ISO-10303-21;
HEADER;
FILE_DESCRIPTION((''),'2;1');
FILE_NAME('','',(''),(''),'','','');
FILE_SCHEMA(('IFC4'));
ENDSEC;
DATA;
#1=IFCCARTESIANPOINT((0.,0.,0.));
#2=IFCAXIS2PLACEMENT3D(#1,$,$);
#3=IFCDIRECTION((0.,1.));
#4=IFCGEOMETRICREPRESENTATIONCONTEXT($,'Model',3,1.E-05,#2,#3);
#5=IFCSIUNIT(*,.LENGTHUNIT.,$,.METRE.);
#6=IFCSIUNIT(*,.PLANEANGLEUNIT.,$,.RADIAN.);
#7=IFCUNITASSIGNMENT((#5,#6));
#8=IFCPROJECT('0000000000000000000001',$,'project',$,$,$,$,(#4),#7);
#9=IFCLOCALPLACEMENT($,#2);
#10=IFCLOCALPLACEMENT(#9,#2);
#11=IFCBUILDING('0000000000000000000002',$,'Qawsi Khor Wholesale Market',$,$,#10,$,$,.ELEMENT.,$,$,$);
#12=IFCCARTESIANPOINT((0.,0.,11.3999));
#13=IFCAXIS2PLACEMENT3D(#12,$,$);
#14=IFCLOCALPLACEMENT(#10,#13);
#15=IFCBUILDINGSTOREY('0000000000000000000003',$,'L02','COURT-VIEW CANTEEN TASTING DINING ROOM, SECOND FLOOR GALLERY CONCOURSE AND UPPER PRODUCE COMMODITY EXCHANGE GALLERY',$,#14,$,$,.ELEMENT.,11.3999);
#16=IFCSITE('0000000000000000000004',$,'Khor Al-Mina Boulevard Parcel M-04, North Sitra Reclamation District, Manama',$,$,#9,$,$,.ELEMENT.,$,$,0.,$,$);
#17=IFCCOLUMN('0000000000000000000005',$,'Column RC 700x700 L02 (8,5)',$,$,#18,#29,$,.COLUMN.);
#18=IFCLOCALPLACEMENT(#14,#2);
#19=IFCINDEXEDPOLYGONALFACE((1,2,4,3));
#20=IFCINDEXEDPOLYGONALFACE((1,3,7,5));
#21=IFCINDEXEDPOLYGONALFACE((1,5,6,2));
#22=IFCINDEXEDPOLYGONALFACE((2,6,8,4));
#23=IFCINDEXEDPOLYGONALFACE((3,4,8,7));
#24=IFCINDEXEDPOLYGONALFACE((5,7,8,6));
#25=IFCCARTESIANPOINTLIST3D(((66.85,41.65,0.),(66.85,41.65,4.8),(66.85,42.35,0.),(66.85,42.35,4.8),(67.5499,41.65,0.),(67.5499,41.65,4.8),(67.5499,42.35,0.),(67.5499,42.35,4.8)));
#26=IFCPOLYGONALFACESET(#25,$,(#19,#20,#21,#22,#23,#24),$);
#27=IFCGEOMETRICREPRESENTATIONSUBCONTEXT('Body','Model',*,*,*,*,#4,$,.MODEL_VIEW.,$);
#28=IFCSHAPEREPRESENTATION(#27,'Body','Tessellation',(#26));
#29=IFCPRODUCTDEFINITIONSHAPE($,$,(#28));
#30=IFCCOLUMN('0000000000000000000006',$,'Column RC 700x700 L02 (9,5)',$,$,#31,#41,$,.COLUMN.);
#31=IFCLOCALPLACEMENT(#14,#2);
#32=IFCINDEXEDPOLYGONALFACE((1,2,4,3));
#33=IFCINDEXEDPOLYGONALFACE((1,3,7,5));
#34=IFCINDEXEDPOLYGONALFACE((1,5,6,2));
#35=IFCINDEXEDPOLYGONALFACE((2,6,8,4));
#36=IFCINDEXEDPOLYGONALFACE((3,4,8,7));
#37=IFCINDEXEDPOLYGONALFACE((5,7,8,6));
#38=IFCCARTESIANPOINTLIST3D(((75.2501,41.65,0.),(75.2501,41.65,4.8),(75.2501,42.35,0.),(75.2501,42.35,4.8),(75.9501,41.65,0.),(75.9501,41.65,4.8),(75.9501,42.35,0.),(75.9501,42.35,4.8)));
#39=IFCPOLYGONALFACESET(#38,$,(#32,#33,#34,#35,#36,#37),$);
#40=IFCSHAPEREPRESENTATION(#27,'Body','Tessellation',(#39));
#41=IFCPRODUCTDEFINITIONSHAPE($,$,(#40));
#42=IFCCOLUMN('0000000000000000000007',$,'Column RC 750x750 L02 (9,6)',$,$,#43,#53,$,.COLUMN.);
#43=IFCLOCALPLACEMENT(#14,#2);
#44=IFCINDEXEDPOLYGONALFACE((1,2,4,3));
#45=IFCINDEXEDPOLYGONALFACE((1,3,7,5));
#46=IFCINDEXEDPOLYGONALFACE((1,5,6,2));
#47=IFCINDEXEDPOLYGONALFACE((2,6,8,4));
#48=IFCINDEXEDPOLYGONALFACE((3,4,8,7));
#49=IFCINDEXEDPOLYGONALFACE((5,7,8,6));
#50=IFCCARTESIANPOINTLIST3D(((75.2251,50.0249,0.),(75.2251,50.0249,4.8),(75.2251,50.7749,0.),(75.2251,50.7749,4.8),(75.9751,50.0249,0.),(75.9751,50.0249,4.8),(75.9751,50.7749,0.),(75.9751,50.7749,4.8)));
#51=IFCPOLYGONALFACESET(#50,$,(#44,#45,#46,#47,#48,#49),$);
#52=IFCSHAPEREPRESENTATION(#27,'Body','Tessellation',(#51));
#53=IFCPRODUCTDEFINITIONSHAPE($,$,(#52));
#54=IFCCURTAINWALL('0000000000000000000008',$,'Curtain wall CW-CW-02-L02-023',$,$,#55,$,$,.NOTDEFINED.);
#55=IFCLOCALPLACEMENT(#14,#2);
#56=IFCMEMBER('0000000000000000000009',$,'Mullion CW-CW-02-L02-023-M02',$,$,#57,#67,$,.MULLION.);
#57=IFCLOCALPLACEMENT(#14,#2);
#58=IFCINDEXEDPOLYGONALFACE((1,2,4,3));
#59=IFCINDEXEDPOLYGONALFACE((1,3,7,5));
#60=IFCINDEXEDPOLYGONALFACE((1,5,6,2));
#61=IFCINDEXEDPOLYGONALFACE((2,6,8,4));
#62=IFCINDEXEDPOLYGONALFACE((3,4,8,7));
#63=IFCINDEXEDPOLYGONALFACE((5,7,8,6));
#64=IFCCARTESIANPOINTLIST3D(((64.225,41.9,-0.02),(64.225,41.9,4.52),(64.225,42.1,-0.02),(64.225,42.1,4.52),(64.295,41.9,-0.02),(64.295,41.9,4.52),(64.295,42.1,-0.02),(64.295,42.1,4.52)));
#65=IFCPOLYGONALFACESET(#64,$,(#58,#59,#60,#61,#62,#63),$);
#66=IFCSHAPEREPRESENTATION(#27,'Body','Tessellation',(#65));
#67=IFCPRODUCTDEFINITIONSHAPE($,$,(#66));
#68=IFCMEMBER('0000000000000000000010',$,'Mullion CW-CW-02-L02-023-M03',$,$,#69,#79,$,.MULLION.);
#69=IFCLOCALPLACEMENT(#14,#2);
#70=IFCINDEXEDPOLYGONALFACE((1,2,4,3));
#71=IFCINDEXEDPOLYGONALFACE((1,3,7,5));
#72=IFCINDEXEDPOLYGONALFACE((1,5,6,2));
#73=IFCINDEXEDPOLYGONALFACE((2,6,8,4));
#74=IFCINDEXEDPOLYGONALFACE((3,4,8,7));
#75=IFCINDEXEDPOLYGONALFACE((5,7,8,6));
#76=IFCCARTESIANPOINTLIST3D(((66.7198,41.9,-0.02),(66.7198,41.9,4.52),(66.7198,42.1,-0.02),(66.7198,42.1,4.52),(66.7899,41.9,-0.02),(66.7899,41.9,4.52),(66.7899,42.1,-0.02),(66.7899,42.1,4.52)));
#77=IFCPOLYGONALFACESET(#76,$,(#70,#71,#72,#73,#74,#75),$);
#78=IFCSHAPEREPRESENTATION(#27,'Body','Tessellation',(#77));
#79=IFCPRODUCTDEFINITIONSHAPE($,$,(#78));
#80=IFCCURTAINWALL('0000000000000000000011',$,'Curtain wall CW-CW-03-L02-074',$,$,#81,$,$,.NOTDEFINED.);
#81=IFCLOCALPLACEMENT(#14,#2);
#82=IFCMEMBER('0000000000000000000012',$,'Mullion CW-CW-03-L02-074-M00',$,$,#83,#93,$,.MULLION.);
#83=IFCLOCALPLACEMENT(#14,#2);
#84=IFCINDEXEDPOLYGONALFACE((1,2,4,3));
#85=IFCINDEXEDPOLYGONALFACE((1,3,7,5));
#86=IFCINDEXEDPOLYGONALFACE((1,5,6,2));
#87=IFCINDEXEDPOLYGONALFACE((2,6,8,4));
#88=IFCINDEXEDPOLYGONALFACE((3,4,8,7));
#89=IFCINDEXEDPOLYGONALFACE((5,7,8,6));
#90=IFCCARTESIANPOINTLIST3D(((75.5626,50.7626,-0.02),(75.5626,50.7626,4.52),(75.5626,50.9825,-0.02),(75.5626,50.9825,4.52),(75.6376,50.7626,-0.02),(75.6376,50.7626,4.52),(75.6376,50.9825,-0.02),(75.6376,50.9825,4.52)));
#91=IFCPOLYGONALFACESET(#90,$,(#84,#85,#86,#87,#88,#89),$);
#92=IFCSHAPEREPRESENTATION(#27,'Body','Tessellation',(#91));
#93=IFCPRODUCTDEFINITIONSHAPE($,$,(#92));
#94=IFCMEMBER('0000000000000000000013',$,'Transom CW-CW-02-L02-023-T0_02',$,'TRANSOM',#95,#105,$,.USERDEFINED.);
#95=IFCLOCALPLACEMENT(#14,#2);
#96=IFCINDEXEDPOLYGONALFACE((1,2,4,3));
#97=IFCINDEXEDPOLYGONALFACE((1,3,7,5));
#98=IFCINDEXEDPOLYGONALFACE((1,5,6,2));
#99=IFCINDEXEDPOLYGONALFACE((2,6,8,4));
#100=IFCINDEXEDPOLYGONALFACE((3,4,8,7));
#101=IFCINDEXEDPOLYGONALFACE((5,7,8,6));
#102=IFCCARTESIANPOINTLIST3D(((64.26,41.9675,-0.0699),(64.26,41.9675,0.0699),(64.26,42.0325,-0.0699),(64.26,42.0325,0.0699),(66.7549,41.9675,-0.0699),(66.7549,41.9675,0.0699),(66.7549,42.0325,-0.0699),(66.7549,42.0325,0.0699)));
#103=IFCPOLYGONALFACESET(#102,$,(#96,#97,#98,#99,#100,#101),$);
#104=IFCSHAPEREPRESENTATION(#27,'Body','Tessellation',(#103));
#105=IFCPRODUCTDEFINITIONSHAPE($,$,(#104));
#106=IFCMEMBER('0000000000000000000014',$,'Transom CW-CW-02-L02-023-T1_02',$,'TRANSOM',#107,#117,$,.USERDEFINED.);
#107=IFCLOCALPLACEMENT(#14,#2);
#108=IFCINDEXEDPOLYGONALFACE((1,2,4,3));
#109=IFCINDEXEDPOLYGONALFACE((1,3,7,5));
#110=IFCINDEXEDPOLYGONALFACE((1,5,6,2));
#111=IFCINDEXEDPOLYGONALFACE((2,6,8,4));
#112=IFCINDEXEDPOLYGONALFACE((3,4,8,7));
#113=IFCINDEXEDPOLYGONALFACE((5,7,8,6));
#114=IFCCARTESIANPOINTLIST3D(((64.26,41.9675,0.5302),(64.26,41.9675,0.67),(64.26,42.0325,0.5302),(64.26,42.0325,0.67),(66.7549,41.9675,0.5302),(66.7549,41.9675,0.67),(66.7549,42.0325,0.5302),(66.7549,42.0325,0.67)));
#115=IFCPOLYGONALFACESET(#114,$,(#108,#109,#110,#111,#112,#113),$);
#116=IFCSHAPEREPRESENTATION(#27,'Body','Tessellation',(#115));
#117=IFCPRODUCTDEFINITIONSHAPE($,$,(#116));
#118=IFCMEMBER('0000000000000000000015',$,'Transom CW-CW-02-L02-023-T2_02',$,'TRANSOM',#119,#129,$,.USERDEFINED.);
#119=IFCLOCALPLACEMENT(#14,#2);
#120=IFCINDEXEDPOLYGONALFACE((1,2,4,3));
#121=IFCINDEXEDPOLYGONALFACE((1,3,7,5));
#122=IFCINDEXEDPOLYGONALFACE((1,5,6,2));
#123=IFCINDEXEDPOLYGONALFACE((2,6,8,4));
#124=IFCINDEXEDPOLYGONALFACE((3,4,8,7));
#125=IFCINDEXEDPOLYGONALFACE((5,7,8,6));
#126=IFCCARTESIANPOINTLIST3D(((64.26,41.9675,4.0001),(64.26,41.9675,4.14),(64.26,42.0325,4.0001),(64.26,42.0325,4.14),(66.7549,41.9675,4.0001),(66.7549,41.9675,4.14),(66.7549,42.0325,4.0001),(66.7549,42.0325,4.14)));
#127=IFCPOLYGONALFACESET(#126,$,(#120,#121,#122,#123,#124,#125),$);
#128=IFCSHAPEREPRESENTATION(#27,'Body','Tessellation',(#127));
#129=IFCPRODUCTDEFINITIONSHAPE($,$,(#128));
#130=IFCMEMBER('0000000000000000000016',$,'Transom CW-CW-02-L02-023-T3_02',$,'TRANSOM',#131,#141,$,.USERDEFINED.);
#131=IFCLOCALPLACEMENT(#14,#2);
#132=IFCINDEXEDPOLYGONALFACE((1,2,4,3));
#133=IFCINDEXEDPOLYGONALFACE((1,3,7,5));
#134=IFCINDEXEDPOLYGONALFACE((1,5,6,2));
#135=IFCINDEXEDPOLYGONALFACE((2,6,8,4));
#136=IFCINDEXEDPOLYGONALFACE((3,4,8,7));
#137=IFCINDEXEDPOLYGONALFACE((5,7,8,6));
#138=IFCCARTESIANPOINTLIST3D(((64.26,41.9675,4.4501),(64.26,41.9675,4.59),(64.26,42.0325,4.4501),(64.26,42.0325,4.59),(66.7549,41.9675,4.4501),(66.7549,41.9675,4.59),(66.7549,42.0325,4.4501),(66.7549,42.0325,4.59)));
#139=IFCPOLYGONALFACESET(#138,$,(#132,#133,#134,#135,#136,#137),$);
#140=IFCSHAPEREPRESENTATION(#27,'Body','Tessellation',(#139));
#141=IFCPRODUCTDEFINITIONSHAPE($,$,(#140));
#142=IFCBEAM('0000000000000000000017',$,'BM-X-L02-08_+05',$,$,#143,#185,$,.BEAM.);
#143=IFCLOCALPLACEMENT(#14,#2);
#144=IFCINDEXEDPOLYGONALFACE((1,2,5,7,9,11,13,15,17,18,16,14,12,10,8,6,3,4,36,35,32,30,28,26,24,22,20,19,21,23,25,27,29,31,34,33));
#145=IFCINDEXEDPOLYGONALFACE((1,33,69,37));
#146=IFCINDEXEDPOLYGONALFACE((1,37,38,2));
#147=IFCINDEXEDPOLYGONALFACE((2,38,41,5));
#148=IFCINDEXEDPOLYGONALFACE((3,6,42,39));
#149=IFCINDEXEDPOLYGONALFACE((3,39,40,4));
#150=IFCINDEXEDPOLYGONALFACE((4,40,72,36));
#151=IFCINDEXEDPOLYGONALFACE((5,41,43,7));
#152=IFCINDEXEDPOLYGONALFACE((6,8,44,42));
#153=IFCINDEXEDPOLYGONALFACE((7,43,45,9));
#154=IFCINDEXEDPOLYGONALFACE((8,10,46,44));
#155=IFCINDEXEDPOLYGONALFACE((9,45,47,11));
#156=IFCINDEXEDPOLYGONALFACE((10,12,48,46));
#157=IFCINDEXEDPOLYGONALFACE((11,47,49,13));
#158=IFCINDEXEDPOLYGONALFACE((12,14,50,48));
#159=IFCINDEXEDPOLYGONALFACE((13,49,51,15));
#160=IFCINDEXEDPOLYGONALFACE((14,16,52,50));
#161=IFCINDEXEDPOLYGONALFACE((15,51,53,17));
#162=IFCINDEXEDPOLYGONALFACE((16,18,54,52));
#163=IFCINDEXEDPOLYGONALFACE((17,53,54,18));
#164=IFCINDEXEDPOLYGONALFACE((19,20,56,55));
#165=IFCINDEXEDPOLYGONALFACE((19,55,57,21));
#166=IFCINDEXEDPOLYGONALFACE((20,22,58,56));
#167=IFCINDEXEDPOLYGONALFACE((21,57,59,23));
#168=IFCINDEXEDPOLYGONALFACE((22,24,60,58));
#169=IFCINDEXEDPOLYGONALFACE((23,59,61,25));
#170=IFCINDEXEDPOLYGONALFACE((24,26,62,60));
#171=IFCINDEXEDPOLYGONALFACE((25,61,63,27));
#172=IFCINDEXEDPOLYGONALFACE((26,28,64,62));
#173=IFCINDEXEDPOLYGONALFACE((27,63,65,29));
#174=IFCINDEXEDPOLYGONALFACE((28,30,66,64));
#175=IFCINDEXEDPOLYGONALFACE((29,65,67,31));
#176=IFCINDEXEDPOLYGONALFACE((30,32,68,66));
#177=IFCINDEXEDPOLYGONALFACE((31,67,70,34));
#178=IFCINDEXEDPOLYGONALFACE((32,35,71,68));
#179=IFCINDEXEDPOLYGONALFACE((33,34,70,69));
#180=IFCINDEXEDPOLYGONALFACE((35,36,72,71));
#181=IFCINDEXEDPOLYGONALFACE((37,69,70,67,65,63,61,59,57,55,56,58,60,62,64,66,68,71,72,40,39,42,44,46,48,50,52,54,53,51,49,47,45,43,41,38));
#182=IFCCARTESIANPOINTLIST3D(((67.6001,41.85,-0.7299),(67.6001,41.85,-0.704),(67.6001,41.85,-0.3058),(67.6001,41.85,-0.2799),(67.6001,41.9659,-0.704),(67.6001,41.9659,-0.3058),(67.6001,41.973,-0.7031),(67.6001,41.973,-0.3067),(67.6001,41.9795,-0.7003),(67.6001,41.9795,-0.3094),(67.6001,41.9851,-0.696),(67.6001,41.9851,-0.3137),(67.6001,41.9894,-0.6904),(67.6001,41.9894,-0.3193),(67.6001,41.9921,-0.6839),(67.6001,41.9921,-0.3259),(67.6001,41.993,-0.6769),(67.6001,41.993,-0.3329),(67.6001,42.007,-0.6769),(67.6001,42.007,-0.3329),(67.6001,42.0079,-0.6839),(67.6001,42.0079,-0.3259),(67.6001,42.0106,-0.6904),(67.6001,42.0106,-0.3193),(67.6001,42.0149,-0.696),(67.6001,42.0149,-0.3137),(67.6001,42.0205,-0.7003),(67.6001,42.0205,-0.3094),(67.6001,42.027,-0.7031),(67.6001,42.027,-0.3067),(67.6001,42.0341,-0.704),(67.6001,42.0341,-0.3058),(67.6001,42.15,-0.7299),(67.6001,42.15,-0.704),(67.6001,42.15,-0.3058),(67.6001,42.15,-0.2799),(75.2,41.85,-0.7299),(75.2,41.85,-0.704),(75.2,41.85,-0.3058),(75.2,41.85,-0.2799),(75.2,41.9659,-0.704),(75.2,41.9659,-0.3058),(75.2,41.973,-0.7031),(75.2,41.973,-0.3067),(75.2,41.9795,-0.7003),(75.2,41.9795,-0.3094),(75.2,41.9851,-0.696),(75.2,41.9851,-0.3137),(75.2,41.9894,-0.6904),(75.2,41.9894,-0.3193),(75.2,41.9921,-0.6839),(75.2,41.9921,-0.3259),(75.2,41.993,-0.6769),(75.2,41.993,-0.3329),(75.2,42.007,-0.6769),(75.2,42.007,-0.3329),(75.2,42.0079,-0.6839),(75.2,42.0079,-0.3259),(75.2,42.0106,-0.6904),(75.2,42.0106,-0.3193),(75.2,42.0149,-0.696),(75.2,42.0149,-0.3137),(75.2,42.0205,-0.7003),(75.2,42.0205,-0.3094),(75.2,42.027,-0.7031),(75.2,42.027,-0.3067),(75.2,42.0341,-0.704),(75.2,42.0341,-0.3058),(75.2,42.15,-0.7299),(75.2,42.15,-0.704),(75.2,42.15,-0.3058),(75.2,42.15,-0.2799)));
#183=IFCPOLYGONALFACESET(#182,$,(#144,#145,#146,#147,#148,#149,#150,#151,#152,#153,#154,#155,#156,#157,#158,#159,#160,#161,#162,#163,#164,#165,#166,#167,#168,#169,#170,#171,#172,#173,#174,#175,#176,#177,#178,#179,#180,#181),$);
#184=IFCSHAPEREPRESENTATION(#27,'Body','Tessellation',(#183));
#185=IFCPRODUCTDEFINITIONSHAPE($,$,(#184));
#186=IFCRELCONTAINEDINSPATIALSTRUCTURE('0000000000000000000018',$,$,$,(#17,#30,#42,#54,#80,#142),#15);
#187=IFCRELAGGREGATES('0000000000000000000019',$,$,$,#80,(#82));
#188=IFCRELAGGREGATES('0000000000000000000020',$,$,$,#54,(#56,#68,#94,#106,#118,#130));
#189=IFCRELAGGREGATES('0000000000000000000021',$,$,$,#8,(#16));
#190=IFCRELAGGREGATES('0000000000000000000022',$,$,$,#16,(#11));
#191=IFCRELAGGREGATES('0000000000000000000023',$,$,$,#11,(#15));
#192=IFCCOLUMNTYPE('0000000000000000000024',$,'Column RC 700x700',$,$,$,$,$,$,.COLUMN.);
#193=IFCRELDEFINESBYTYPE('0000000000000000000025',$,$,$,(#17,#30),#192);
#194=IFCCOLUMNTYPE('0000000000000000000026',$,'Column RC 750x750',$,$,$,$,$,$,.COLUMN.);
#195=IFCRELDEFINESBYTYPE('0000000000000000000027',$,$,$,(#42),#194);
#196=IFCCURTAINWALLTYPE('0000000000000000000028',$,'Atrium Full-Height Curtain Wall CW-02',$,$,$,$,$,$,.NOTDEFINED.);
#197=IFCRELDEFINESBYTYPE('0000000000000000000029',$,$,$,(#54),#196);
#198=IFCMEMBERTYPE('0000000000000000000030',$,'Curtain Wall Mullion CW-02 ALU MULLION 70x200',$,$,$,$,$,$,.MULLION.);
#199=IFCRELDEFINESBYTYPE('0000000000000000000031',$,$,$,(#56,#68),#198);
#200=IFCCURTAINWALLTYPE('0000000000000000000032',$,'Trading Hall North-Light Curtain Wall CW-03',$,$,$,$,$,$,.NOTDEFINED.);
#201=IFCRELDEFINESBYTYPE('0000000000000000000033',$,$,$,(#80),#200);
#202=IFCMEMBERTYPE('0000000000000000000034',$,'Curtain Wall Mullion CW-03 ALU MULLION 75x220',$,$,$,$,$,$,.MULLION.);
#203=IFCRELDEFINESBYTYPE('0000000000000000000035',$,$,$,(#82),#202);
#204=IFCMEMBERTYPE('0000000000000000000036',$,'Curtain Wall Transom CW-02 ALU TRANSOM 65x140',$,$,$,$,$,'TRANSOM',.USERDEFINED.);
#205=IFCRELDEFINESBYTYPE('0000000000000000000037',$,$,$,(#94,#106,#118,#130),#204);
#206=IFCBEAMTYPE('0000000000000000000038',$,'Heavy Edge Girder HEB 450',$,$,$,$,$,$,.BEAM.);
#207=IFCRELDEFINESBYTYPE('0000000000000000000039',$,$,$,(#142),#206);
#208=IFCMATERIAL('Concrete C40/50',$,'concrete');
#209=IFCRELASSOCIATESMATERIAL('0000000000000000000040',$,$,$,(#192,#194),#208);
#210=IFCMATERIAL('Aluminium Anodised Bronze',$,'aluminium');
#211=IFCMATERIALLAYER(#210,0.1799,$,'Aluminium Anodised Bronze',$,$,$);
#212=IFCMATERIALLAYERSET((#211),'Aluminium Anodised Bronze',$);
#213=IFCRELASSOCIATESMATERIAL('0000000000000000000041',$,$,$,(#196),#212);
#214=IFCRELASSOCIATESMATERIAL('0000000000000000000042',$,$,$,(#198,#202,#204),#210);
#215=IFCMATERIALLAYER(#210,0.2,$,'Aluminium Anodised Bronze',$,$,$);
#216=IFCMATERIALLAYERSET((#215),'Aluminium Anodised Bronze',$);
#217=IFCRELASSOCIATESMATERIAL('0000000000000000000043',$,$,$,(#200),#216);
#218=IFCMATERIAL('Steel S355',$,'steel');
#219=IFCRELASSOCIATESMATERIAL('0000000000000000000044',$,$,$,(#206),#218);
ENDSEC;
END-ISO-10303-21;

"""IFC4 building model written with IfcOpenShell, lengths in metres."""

from ifc_helpers import new_model, si_unit, direction, frame, origin, origin_2d, place, context, subcontext, project, spatial, rectangle, i_section, extrude, material, layer, layer_set, material_profile, profile_set, type_object, element, aggregate, save


model = new_model("IFC4")

# Units and contexts
model_context = context("Model", 3, precision=1e-05, world=origin(), true_north=direction((0.0, 1.0)))
body_context = subcontext(model_context, "Body", "Model", "MODEL_VIEW")
ifc_project = project(units=[si_unit("LENGTHUNIT", "METRE"), si_unit("PLANEANGLEUNIT", "RADIAN")], contexts=[model_context])

# Site, building, storey
site_placement = place(None, origin())
site = spatial("IfcSite", under=ifc_project, at=site_placement, Name="Khor Al-Mina Boulevard Parcel M-04, North Sitra Reclamation District, Manama", CompositionType="ELEMENT", RefElevation=0.0)
building_placement = place(site_placement, origin())
building = spatial("IfcBuilding", under=site, at=building_placement, Name="Qawsi Khor Wholesale Market", CompositionType="ELEMENT")
storey_placement = place(building_placement, frame((0.0, 0.0, 11.3999)))
storey = spatial("IfcBuildingStorey", under=building, at=storey_placement, Name="L02", Description="COURT-VIEW CANTEEN TASTING DINING ROOM, SECOND FLOOR GALLERY CONCOURSE AND UPPER PRODUCE COMMODITY EXCHANGE GALLERY", CompositionType="ELEMENT", Elevation=11.3999)

# Columns
ifc_material_1 = material(Name="Concrete C40/50", Category="concrete")
ifc_material_profile_1 = material_profile(ifc_material_1, rectangle(XDim=0.7, YDim=0.7, at=origin_2d()), Name="RC 700x700")
ifc_profile_set_1 = profile_set([ifc_material_profile_1], Name="Concrete C40/50")
column_type_1 = type_object("IfcColumnType", Name="Column RC 700x700", PredefinedType="COLUMN", material=ifc_profile_set_1)
for number, where, z_axis, x_axis, name in (
    (1, (67.2, 42.0, 0.0), (0.0, 0.0, 1.0), (1.0, 0.0, 0.0), "Column RC 700x700 L02 (8,5)"),
    (2, (75.6001, 42.0, 0.0), (0.0, 0.0, 1.0), (1.0, 0.0, 0.0), "Column RC 700x700 L02 (9,5)"),
):
    element("IfcColumn", number, at=place(storey_placement, frame(where, z_axis=z_axis, x_axis=x_axis)), inside=storey, type_object=column_type_1, Name=name, PredefinedType="COLUMN", context=body_context, shape_type="SweptSolid", body=[
        extrude(rectangle(XDim=0.7, YDim=0.7, at=origin_2d()), origin(), (0.0, 0.0, 1.0), 4.8),
    ])
ifc_material_profile_2 = material_profile(ifc_material_1, rectangle(XDim=0.75, YDim=0.75, at=origin_2d()), Name="RC 750x750")
ifc_profile_set_2 = profile_set([ifc_material_profile_2], Name="Concrete C40/50")
column_type_2 = type_object("IfcColumnType", Name="Column RC 750x750", PredefinedType="COLUMN", material=ifc_profile_set_2)
column_placement = place(storey_placement, frame((75.6001, 50.3999, 0.0), z_axis=(0.0, 0.0, 1.0), x_axis=(1.0, 0.0, 0.0)))
element("IfcColumn", 3, at=column_placement, inside=storey, type_object=column_type_2, Name="Column RC 750x750 L02 (9,6)", PredefinedType="COLUMN", context=body_context, shape_type="SweptSolid", body=[
    extrude(rectangle(XDim=0.75, YDim=0.75, at=origin_2d()), origin(), (0.0, 0.0, 1.0), 4.8),
])

# Curtain wall, members
ifc_material_2 = material(Name="Aluminium Anodised Bronze", Category="aluminium")
ifc_layer_1 = layer(ifc_material_2, 0.1799, Name="Aluminium Anodised Bronze")
ifc_layer_set_1 = layer_set([ifc_layer_1], Name="Aluminium Anodised Bronze")
curtain_wall_type_1 = type_object("IfcCurtainWallType", Name="Atrium Full-Height Curtain Wall CW-02", PredefinedType="NOTDEFINED", material=ifc_layer_set_1)
curtain_wall_1_placement = place(storey_placement, origin())
curtain_wall_1 = element("IfcCurtainWall", 4, at=curtain_wall_1_placement, inside=storey, type_object=curtain_wall_type_1, Name="Curtain wall CW-CW-02-L02-023", PredefinedType="NOTDEFINED")
ifc_material_profile_3 = material_profile(ifc_material_2, rectangle(XDim=0.0701, YDim=0.2, at=origin_2d()), Name="ALU MULLION 70x200")
ifc_profile_set_3 = profile_set([ifc_material_profile_3], Name="Aluminium Anodised Bronze")
member_type_1 = type_object("IfcMemberType", Name="Curtain Wall Mullion CW-02 ALU MULLION 70x200", PredefinedType="MULLION", material=ifc_profile_set_3)
member_1_placement = place(storey_placement, frame((64.26, 42.0, -0.02), z_axis=(0.0, 0.0, 1.0), x_axis=(1.0, 0.0, 0.0)))
member_1 = element("IfcMember", 5, at=member_1_placement, type_object=member_type_1, Name="Mullion CW-CW-02-L02-023-M02", PredefinedType="MULLION", context=body_context, shape_type="SweptSolid", body=[
    extrude(rectangle(XDim=0.0701, YDim=0.2, at=origin_2d()), origin(), (0.0, 0.0, 1.0), 4.54),
])
member_2_placement = place(storey_placement, frame((66.7549, 42.0, -0.02), z_axis=(0.0, 0.0, 1.0), x_axis=(1.0, 0.0, 0.0)))
member_2 = element("IfcMember", 6, at=member_2_placement, type_object=member_type_1, Name="Mullion CW-CW-02-L02-023-M03", PredefinedType="MULLION", context=body_context, shape_type="SweptSolid", body=[
    extrude(rectangle(XDim=0.0701, YDim=0.2, at=origin_2d()), origin(), (0.0, 0.0, 1.0), 4.54),
])

# Curtain wall, member
ifc_layer_2 = layer(ifc_material_2, 0.2, Name="Aluminium Anodised Bronze")
ifc_layer_set_2 = layer_set([ifc_layer_2], Name="Aluminium Anodised Bronze")
curtain_wall_type_2 = type_object("IfcCurtainWallType", Name="Trading Hall North-Light Curtain Wall CW-03", PredefinedType="NOTDEFINED", material=ifc_layer_set_2)
curtain_wall_2_placement = place(storey_placement, origin())
curtain_wall_2 = element("IfcCurtainWall", 7, at=curtain_wall_2_placement, inside=storey, type_object=curtain_wall_type_2, Name="Curtain wall CW-CW-03-L02-074", PredefinedType="NOTDEFINED")
ifc_material_profile_4 = material_profile(ifc_material_2, rectangle(XDim=0.075, YDim=0.22, at=origin_2d()), Name="ALU MULLION 75x220")
ifc_profile_set_4 = profile_set([ifc_material_profile_4], Name="Aluminium Anodised Bronze")
member_type_2 = type_object("IfcMemberType", Name="Curtain Wall Mullion CW-03 ALU MULLION 75x220", PredefinedType="MULLION", material=ifc_profile_set_4)
member_3_placement = place(storey_placement, frame((75.6001, 50.8726, -0.02), z_axis=(0.0, 0.0, 1.0), x_axis=(1.0, 0.0, 0.0)))
member_3 = element("IfcMember", 8, at=member_3_placement, type_object=member_type_2, Name="Mullion CW-CW-03-L02-074-M00", PredefinedType="MULLION", context=body_context, shape_type="SweptSolid", body=[
    extrude(rectangle(XDim=0.075, YDim=0.22, at=origin_2d()), origin(), (0.0, 0.0, 1.0), 4.54),
])
aggregate(curtain_wall_2, [member_3])

# Members
ifc_material_profile_5 = material_profile(ifc_material_2, rectangle(XDim=0.0649, YDim=0.1399, at=origin_2d()), Name="ALU TRANSOM 65x140")
ifc_profile_set_5 = profile_set([ifc_material_profile_5], Name="Aluminium Anodised Bronze")
member_type_3 = type_object("IfcMemberType", Name="Curtain Wall Transom CW-02 ALU TRANSOM 65x140", ElementType="TRANSOM", PredefinedType="USERDEFINED", material=ifc_profile_set_5)
member_4_placement = place(storey_placement, frame((64.26, 42.0, 0.0), z_axis=(1.0, 0.0, 0.0), x_axis=(0.0, 1.0, 0.0)))
member_4 = element("IfcMember", 9, at=member_4_placement, type_object=member_type_3, Name="Transom CW-CW-02-L02-023-T0_02", ObjectType="TRANSOM", PredefinedType="USERDEFINED", context=body_context, shape_type="SweptSolid", body=[
    extrude(rectangle(XDim=0.0649, YDim=0.1399, at=origin_2d()), origin(), (0.0, 0.0, 1.0), 2.4949),
])
member_5_placement = place(storey_placement, frame((64.26, 42.0, 0.6001), z_axis=(1.0, 0.0, 0.0), x_axis=(0.0, 1.0, 0.0)))
member_5 = element("IfcMember", 10, at=member_5_placement, type_object=member_type_3, Name="Transom CW-CW-02-L02-023-T1_02", ObjectType="TRANSOM", PredefinedType="USERDEFINED", context=body_context, shape_type="SweptSolid", body=[
    extrude(rectangle(XDim=0.0649, YDim=0.1399, at=origin_2d()), origin(), (0.0, 0.0, 1.0), 2.4949),
])
member_6_placement = place(storey_placement, frame((64.26, 42.0, 4.0701), z_axis=(1.0, 0.0, 0.0), x_axis=(0.0, 1.0, 0.0)))
member_6 = element("IfcMember", 11, at=member_6_placement, type_object=member_type_3, Name="Transom CW-CW-02-L02-023-T2_02", ObjectType="TRANSOM", PredefinedType="USERDEFINED", context=body_context, shape_type="SweptSolid", body=[
    extrude(rectangle(XDim=0.0649, YDim=0.1399, at=origin_2d()), origin(), (0.0, 0.0, 1.0), 2.4949),
])
member_7_placement = place(storey_placement, frame((64.26, 42.0, 4.52), z_axis=(1.0, 0.0, 0.0), x_axis=(0.0, 1.0, 0.0)))
member_7 = element("IfcMember", 12, at=member_7_placement, type_object=member_type_3, Name="Transom CW-CW-02-L02-023-T3_02", ObjectType="TRANSOM", PredefinedType="USERDEFINED", context=body_context, shape_type="SweptSolid", body=[
    extrude(rectangle(XDim=0.0649, YDim=0.1399, at=origin_2d()), origin(), (0.0, 0.0, 1.0), 2.4949),
])

# Beam
ifc_material_3 = material(Name="Steel S355", Category="steel")
ifc_material_profile_6 = material_profile(ifc_material_3, i_section(OverallWidth=0.3, OverallDepth=0.45, WebThickness=0.0139, FlangeThickness=0.0259, FilletRadius=0.0271, at=origin_2d()), Name="HEB 450")
ifc_profile_set_6 = profile_set([ifc_material_profile_6], Name="Steel S355")
beam_type_1 = type_object("IfcBeamType", Name="Heavy Edge Girder HEB 450", PredefinedType="BEAM", material=ifc_profile_set_6)
beam_1_placement = place(storey_placement, frame((67.6001, 42.0, -0.5049), z_axis=(1.0, 0.0, 0.0), x_axis=(0.0, 1.0, 0.0)))
element("IfcBeam", 13, at=beam_1_placement, inside=storey, type_object=beam_type_1, Name="BM-X-L02-08_+05", PredefinedType="BEAM", context=body_context, shape_type="SweptSolid", body=[
    extrude(i_section(OverallWidth=0.3, OverallDepth=0.45, WebThickness=0.0139, FlangeThickness=0.0259, FilletRadius=0.0271, at=origin_2d()), origin(), (0.0, 0.0, 1.0), 7.5999),
])

aggregate(curtain_wall_1, [member_1, member_2, member_4, member_5, member_6, member_7])

save(model, "model.ifc")
